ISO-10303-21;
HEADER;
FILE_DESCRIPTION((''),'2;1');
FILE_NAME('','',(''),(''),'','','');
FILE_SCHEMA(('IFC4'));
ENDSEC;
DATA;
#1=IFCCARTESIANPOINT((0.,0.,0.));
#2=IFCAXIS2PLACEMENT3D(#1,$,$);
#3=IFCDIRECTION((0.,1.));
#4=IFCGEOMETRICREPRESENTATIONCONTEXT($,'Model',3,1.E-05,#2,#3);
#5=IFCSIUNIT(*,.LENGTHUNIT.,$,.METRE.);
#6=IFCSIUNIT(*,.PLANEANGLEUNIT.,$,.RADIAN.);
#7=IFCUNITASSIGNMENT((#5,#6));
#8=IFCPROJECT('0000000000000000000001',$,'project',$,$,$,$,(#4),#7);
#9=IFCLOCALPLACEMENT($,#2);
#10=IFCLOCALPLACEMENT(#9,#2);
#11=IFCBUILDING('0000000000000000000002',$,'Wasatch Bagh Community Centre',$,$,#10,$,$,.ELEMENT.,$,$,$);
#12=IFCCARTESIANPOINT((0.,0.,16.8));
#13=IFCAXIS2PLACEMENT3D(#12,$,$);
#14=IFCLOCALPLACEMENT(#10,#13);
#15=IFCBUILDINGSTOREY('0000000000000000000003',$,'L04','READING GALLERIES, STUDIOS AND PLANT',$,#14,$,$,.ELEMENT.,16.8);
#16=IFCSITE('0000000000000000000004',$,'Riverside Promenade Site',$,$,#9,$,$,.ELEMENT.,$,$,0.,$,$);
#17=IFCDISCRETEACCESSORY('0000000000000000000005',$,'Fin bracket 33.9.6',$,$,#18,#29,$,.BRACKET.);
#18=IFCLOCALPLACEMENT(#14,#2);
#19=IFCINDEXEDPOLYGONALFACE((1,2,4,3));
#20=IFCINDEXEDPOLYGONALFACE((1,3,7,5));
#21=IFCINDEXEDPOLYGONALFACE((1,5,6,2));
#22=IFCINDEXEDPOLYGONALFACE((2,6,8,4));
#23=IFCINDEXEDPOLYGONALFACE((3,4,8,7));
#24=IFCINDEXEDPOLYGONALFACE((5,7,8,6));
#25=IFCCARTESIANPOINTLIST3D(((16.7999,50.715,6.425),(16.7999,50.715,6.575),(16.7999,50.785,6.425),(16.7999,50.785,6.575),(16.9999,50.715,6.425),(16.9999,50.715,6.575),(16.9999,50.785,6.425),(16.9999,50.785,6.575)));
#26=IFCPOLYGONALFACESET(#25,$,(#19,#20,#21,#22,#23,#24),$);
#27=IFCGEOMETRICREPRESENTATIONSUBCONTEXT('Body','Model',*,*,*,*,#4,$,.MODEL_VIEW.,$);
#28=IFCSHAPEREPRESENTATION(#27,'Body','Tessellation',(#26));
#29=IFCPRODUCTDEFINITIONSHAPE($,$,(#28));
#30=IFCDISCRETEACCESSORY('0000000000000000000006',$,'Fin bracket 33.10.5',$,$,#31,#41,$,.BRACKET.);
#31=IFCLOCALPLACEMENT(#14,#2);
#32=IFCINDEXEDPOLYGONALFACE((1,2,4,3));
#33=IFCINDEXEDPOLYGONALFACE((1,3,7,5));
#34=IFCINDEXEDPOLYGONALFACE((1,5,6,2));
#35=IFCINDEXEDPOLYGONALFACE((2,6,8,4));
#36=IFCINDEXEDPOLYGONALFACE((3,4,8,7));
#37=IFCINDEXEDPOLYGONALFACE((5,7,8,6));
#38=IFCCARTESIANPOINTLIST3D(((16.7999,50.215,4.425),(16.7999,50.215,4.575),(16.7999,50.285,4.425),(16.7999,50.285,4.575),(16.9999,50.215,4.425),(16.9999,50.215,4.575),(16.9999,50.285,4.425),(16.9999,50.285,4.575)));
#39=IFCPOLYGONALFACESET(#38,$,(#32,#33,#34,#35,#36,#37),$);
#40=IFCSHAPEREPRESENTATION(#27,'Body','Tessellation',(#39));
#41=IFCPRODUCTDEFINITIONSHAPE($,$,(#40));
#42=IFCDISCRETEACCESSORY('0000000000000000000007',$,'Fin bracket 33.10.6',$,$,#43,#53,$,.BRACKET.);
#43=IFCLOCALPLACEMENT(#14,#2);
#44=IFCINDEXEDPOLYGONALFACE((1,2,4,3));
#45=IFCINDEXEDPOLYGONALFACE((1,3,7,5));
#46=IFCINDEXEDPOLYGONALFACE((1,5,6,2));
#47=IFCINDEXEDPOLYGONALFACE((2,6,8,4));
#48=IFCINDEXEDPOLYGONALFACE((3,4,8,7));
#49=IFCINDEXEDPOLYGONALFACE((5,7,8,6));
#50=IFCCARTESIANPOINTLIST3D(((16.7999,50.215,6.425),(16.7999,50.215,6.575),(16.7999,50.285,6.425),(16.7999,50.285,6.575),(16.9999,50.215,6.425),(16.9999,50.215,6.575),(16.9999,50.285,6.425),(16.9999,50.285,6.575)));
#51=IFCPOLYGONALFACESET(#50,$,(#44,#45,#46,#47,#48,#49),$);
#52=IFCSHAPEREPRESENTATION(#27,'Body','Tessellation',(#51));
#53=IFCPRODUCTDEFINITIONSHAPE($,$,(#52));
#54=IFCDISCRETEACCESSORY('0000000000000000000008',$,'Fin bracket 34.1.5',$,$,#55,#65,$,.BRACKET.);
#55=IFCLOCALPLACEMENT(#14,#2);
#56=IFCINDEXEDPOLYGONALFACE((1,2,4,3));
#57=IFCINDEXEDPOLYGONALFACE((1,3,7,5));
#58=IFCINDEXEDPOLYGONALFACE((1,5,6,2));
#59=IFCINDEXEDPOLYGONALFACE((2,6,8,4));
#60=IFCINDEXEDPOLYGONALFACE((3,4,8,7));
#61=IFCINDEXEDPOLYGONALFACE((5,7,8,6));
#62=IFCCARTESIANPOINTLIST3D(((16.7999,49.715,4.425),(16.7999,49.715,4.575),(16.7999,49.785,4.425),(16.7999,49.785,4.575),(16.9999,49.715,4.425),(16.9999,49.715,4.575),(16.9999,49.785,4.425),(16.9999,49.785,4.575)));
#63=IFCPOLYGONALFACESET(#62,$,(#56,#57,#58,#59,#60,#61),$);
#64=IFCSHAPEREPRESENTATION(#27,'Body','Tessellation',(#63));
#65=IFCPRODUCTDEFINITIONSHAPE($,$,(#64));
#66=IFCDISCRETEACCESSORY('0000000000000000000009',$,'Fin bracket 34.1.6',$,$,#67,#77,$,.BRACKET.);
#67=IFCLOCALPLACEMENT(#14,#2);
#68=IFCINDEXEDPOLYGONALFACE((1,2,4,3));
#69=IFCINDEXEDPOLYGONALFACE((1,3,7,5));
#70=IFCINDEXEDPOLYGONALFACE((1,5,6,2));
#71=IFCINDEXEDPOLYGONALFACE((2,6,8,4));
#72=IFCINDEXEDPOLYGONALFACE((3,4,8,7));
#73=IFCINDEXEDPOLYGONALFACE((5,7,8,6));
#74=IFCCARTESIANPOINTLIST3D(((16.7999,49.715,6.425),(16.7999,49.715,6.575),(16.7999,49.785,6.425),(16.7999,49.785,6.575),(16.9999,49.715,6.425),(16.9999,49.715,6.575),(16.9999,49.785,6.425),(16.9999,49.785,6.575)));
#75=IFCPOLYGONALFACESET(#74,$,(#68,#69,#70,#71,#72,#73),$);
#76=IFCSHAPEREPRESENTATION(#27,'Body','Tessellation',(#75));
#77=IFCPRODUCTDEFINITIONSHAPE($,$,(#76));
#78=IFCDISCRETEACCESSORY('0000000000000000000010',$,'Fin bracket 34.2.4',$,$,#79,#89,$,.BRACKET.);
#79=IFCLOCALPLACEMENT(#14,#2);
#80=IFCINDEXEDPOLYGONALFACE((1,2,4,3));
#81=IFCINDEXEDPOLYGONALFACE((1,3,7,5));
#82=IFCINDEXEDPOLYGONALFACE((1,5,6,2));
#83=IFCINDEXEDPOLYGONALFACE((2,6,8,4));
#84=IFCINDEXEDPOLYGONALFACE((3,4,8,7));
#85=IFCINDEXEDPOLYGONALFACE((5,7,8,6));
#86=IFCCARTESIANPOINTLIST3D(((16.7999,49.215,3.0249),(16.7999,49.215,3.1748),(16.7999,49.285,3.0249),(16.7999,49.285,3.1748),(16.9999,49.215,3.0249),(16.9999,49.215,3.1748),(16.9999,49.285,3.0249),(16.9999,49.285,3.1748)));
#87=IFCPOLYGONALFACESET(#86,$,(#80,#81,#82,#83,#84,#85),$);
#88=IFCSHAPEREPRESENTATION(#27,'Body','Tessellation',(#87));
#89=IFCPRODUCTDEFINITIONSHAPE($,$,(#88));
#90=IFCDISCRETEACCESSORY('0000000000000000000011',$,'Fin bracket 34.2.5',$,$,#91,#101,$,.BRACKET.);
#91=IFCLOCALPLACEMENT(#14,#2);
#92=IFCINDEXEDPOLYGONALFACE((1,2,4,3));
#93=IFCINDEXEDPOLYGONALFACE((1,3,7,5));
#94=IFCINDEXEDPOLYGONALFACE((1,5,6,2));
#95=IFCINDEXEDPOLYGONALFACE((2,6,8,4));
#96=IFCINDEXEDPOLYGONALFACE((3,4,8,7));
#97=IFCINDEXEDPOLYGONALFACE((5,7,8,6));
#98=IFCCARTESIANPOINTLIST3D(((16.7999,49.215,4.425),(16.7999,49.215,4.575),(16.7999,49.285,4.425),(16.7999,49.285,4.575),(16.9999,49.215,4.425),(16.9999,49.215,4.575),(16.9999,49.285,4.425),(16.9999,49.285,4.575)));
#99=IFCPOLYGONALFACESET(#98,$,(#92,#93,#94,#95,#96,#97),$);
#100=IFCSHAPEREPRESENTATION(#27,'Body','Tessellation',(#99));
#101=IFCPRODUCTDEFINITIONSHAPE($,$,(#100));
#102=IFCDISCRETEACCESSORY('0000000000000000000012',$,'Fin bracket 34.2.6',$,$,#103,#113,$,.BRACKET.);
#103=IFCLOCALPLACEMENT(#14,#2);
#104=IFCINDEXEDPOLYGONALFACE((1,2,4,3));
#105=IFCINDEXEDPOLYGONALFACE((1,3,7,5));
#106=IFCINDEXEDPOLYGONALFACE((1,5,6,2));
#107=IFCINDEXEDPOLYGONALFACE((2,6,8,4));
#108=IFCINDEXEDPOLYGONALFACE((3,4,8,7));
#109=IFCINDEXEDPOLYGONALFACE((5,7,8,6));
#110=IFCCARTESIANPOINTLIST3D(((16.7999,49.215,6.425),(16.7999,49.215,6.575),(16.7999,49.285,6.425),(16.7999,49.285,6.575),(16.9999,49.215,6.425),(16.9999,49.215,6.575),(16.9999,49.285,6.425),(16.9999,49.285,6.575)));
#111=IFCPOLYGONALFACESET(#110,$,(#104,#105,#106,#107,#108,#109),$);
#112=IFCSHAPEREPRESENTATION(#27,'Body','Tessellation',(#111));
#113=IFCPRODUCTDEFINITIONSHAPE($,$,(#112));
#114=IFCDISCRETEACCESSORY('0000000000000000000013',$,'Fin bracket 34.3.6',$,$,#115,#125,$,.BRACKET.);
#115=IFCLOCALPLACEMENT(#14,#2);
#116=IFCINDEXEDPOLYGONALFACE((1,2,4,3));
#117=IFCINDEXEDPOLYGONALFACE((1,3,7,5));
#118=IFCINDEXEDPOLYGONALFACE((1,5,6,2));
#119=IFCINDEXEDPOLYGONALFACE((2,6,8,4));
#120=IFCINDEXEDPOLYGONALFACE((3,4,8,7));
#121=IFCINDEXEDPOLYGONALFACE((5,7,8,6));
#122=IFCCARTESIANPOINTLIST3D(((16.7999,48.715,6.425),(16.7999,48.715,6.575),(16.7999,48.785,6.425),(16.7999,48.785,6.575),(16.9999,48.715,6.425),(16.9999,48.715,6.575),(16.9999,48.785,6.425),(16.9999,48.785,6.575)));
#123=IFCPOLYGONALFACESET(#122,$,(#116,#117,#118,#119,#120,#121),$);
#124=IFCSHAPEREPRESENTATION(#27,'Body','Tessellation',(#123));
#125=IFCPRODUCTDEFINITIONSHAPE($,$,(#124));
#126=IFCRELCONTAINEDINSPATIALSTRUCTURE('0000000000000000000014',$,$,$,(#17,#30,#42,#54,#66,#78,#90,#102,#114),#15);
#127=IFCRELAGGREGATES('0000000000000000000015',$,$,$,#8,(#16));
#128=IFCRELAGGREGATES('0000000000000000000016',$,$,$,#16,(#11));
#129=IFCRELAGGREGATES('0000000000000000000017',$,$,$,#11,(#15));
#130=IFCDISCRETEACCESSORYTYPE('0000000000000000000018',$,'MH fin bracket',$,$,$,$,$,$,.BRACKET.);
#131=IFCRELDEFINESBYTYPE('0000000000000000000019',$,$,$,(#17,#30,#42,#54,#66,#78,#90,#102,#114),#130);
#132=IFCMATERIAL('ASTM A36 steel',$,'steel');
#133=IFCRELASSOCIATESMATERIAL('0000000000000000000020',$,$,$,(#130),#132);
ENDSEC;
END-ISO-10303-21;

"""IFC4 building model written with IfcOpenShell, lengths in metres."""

from ifc_helpers import new_model, si_unit, direction, frame, origin, origin_2d, place, context, subcontext, project, spatial, rectangle, extrude, material, type_object, element, save


model = new_model("IFC4")

# Units and contexts
model_context = context("Model", 3, precision=1e-05, world=origin(), true_north=direction((0.0, 1.0)))
body_context = subcontext(model_context, "Body", "Model", "MODEL_VIEW")
ifc_project = project(units=[si_unit("LENGTHUNIT", "METRE"), si_unit("PLANEANGLEUNIT", "RADIAN")], contexts=[model_context])

# Site, building, storey
site_placement = place(None, origin())
site = spatial("IfcSite", under=ifc_project, at=site_placement, Name="Riverside Promenade Site", CompositionType="ELEMENT", RefElevation=0.0)
building_placement = place(site_placement, origin())
building = spatial("IfcBuilding", under=site, at=building_placement, Name="Wasatch Bagh Community Centre", CompositionType="ELEMENT")
storey_placement = place(building_placement, frame((0.0, 0.0, 16.8)))
storey = spatial("IfcBuildingStorey", under=building, at=storey_placement, Name="L04", Description="READING GALLERIES, STUDIOS AND PLANT", CompositionType="ELEMENT", Elevation=16.8)

# Discrete accessories
ifc_material_1 = material(Name="ASTM A36 steel", Category="steel")
discrete_accessory_type = type_object("IfcDiscreteAccessoryType", Name="MH fin bracket", PredefinedType="BRACKET", material=ifc_material_1)
for number, where, z_axis, x_axis, name in (
    (1, (16.8999, 50.75, 6.425), (0.0, 0.0, 1.0), (0.0, -1.0, 0.0), "Fin bracket 33.9.6"),
    (2, (16.8999, 50.25, 4.425), (0.0, 0.0, 1.0), (0.0, -1.0, 0.0), "Fin bracket 33.10.5"),
    (3, (16.8999, 50.25, 6.425), (0.0, 0.0, 1.0), (0.0, -1.0, 0.0), "Fin bracket 33.10.6"),
    (4, (16.8999, 49.75, 4.425), (0.0, 0.0, 1.0), (0.0, -1.0, 0.0), "Fin bracket 34.1.5"),
    (5, (16.8999, 49.75, 6.425), (0.0, 0.0, 1.0), (0.0, -1.0, 0.0), "Fin bracket 34.1.6"),
    (6, (16.8999, 49.25, 3.0249), (0.0, 0.0, 1.0), (0.0, -1.0, 0.0), "Fin bracket 34.2.4"),
    (7, (16.8999, 49.25, 4.425), (0.0, 0.0, 1.0), (0.0, -1.0, 0.0), "Fin bracket 34.2.5"),
    (8, (16.8999, 49.25, 6.425), (0.0, 0.0, 1.0), (0.0, -1.0, 0.0), "Fin bracket 34.2.6"),
    (9, (16.8999, 48.75, 6.425), (0.0, 0.0, 1.0), (0.0, -1.0, 0.0), "Fin bracket 34.3.6"),
):
    element("IfcDiscreteAccessory", number, at=place(storey_placement, frame(where, z_axis=z_axis, x_axis=x_axis)), inside=storey, type_object=discrete_accessory_type, Name=name, PredefinedType="BRACKET", context=body_context, shape_type="SweptSolid", body=[
        extrude(rectangle(XDim=0.0701, YDim=0.2, at=origin_2d()), origin(), (0.0, 0.0, 1.0), 0.1499),
    ])

save(model, "model.ifc")
